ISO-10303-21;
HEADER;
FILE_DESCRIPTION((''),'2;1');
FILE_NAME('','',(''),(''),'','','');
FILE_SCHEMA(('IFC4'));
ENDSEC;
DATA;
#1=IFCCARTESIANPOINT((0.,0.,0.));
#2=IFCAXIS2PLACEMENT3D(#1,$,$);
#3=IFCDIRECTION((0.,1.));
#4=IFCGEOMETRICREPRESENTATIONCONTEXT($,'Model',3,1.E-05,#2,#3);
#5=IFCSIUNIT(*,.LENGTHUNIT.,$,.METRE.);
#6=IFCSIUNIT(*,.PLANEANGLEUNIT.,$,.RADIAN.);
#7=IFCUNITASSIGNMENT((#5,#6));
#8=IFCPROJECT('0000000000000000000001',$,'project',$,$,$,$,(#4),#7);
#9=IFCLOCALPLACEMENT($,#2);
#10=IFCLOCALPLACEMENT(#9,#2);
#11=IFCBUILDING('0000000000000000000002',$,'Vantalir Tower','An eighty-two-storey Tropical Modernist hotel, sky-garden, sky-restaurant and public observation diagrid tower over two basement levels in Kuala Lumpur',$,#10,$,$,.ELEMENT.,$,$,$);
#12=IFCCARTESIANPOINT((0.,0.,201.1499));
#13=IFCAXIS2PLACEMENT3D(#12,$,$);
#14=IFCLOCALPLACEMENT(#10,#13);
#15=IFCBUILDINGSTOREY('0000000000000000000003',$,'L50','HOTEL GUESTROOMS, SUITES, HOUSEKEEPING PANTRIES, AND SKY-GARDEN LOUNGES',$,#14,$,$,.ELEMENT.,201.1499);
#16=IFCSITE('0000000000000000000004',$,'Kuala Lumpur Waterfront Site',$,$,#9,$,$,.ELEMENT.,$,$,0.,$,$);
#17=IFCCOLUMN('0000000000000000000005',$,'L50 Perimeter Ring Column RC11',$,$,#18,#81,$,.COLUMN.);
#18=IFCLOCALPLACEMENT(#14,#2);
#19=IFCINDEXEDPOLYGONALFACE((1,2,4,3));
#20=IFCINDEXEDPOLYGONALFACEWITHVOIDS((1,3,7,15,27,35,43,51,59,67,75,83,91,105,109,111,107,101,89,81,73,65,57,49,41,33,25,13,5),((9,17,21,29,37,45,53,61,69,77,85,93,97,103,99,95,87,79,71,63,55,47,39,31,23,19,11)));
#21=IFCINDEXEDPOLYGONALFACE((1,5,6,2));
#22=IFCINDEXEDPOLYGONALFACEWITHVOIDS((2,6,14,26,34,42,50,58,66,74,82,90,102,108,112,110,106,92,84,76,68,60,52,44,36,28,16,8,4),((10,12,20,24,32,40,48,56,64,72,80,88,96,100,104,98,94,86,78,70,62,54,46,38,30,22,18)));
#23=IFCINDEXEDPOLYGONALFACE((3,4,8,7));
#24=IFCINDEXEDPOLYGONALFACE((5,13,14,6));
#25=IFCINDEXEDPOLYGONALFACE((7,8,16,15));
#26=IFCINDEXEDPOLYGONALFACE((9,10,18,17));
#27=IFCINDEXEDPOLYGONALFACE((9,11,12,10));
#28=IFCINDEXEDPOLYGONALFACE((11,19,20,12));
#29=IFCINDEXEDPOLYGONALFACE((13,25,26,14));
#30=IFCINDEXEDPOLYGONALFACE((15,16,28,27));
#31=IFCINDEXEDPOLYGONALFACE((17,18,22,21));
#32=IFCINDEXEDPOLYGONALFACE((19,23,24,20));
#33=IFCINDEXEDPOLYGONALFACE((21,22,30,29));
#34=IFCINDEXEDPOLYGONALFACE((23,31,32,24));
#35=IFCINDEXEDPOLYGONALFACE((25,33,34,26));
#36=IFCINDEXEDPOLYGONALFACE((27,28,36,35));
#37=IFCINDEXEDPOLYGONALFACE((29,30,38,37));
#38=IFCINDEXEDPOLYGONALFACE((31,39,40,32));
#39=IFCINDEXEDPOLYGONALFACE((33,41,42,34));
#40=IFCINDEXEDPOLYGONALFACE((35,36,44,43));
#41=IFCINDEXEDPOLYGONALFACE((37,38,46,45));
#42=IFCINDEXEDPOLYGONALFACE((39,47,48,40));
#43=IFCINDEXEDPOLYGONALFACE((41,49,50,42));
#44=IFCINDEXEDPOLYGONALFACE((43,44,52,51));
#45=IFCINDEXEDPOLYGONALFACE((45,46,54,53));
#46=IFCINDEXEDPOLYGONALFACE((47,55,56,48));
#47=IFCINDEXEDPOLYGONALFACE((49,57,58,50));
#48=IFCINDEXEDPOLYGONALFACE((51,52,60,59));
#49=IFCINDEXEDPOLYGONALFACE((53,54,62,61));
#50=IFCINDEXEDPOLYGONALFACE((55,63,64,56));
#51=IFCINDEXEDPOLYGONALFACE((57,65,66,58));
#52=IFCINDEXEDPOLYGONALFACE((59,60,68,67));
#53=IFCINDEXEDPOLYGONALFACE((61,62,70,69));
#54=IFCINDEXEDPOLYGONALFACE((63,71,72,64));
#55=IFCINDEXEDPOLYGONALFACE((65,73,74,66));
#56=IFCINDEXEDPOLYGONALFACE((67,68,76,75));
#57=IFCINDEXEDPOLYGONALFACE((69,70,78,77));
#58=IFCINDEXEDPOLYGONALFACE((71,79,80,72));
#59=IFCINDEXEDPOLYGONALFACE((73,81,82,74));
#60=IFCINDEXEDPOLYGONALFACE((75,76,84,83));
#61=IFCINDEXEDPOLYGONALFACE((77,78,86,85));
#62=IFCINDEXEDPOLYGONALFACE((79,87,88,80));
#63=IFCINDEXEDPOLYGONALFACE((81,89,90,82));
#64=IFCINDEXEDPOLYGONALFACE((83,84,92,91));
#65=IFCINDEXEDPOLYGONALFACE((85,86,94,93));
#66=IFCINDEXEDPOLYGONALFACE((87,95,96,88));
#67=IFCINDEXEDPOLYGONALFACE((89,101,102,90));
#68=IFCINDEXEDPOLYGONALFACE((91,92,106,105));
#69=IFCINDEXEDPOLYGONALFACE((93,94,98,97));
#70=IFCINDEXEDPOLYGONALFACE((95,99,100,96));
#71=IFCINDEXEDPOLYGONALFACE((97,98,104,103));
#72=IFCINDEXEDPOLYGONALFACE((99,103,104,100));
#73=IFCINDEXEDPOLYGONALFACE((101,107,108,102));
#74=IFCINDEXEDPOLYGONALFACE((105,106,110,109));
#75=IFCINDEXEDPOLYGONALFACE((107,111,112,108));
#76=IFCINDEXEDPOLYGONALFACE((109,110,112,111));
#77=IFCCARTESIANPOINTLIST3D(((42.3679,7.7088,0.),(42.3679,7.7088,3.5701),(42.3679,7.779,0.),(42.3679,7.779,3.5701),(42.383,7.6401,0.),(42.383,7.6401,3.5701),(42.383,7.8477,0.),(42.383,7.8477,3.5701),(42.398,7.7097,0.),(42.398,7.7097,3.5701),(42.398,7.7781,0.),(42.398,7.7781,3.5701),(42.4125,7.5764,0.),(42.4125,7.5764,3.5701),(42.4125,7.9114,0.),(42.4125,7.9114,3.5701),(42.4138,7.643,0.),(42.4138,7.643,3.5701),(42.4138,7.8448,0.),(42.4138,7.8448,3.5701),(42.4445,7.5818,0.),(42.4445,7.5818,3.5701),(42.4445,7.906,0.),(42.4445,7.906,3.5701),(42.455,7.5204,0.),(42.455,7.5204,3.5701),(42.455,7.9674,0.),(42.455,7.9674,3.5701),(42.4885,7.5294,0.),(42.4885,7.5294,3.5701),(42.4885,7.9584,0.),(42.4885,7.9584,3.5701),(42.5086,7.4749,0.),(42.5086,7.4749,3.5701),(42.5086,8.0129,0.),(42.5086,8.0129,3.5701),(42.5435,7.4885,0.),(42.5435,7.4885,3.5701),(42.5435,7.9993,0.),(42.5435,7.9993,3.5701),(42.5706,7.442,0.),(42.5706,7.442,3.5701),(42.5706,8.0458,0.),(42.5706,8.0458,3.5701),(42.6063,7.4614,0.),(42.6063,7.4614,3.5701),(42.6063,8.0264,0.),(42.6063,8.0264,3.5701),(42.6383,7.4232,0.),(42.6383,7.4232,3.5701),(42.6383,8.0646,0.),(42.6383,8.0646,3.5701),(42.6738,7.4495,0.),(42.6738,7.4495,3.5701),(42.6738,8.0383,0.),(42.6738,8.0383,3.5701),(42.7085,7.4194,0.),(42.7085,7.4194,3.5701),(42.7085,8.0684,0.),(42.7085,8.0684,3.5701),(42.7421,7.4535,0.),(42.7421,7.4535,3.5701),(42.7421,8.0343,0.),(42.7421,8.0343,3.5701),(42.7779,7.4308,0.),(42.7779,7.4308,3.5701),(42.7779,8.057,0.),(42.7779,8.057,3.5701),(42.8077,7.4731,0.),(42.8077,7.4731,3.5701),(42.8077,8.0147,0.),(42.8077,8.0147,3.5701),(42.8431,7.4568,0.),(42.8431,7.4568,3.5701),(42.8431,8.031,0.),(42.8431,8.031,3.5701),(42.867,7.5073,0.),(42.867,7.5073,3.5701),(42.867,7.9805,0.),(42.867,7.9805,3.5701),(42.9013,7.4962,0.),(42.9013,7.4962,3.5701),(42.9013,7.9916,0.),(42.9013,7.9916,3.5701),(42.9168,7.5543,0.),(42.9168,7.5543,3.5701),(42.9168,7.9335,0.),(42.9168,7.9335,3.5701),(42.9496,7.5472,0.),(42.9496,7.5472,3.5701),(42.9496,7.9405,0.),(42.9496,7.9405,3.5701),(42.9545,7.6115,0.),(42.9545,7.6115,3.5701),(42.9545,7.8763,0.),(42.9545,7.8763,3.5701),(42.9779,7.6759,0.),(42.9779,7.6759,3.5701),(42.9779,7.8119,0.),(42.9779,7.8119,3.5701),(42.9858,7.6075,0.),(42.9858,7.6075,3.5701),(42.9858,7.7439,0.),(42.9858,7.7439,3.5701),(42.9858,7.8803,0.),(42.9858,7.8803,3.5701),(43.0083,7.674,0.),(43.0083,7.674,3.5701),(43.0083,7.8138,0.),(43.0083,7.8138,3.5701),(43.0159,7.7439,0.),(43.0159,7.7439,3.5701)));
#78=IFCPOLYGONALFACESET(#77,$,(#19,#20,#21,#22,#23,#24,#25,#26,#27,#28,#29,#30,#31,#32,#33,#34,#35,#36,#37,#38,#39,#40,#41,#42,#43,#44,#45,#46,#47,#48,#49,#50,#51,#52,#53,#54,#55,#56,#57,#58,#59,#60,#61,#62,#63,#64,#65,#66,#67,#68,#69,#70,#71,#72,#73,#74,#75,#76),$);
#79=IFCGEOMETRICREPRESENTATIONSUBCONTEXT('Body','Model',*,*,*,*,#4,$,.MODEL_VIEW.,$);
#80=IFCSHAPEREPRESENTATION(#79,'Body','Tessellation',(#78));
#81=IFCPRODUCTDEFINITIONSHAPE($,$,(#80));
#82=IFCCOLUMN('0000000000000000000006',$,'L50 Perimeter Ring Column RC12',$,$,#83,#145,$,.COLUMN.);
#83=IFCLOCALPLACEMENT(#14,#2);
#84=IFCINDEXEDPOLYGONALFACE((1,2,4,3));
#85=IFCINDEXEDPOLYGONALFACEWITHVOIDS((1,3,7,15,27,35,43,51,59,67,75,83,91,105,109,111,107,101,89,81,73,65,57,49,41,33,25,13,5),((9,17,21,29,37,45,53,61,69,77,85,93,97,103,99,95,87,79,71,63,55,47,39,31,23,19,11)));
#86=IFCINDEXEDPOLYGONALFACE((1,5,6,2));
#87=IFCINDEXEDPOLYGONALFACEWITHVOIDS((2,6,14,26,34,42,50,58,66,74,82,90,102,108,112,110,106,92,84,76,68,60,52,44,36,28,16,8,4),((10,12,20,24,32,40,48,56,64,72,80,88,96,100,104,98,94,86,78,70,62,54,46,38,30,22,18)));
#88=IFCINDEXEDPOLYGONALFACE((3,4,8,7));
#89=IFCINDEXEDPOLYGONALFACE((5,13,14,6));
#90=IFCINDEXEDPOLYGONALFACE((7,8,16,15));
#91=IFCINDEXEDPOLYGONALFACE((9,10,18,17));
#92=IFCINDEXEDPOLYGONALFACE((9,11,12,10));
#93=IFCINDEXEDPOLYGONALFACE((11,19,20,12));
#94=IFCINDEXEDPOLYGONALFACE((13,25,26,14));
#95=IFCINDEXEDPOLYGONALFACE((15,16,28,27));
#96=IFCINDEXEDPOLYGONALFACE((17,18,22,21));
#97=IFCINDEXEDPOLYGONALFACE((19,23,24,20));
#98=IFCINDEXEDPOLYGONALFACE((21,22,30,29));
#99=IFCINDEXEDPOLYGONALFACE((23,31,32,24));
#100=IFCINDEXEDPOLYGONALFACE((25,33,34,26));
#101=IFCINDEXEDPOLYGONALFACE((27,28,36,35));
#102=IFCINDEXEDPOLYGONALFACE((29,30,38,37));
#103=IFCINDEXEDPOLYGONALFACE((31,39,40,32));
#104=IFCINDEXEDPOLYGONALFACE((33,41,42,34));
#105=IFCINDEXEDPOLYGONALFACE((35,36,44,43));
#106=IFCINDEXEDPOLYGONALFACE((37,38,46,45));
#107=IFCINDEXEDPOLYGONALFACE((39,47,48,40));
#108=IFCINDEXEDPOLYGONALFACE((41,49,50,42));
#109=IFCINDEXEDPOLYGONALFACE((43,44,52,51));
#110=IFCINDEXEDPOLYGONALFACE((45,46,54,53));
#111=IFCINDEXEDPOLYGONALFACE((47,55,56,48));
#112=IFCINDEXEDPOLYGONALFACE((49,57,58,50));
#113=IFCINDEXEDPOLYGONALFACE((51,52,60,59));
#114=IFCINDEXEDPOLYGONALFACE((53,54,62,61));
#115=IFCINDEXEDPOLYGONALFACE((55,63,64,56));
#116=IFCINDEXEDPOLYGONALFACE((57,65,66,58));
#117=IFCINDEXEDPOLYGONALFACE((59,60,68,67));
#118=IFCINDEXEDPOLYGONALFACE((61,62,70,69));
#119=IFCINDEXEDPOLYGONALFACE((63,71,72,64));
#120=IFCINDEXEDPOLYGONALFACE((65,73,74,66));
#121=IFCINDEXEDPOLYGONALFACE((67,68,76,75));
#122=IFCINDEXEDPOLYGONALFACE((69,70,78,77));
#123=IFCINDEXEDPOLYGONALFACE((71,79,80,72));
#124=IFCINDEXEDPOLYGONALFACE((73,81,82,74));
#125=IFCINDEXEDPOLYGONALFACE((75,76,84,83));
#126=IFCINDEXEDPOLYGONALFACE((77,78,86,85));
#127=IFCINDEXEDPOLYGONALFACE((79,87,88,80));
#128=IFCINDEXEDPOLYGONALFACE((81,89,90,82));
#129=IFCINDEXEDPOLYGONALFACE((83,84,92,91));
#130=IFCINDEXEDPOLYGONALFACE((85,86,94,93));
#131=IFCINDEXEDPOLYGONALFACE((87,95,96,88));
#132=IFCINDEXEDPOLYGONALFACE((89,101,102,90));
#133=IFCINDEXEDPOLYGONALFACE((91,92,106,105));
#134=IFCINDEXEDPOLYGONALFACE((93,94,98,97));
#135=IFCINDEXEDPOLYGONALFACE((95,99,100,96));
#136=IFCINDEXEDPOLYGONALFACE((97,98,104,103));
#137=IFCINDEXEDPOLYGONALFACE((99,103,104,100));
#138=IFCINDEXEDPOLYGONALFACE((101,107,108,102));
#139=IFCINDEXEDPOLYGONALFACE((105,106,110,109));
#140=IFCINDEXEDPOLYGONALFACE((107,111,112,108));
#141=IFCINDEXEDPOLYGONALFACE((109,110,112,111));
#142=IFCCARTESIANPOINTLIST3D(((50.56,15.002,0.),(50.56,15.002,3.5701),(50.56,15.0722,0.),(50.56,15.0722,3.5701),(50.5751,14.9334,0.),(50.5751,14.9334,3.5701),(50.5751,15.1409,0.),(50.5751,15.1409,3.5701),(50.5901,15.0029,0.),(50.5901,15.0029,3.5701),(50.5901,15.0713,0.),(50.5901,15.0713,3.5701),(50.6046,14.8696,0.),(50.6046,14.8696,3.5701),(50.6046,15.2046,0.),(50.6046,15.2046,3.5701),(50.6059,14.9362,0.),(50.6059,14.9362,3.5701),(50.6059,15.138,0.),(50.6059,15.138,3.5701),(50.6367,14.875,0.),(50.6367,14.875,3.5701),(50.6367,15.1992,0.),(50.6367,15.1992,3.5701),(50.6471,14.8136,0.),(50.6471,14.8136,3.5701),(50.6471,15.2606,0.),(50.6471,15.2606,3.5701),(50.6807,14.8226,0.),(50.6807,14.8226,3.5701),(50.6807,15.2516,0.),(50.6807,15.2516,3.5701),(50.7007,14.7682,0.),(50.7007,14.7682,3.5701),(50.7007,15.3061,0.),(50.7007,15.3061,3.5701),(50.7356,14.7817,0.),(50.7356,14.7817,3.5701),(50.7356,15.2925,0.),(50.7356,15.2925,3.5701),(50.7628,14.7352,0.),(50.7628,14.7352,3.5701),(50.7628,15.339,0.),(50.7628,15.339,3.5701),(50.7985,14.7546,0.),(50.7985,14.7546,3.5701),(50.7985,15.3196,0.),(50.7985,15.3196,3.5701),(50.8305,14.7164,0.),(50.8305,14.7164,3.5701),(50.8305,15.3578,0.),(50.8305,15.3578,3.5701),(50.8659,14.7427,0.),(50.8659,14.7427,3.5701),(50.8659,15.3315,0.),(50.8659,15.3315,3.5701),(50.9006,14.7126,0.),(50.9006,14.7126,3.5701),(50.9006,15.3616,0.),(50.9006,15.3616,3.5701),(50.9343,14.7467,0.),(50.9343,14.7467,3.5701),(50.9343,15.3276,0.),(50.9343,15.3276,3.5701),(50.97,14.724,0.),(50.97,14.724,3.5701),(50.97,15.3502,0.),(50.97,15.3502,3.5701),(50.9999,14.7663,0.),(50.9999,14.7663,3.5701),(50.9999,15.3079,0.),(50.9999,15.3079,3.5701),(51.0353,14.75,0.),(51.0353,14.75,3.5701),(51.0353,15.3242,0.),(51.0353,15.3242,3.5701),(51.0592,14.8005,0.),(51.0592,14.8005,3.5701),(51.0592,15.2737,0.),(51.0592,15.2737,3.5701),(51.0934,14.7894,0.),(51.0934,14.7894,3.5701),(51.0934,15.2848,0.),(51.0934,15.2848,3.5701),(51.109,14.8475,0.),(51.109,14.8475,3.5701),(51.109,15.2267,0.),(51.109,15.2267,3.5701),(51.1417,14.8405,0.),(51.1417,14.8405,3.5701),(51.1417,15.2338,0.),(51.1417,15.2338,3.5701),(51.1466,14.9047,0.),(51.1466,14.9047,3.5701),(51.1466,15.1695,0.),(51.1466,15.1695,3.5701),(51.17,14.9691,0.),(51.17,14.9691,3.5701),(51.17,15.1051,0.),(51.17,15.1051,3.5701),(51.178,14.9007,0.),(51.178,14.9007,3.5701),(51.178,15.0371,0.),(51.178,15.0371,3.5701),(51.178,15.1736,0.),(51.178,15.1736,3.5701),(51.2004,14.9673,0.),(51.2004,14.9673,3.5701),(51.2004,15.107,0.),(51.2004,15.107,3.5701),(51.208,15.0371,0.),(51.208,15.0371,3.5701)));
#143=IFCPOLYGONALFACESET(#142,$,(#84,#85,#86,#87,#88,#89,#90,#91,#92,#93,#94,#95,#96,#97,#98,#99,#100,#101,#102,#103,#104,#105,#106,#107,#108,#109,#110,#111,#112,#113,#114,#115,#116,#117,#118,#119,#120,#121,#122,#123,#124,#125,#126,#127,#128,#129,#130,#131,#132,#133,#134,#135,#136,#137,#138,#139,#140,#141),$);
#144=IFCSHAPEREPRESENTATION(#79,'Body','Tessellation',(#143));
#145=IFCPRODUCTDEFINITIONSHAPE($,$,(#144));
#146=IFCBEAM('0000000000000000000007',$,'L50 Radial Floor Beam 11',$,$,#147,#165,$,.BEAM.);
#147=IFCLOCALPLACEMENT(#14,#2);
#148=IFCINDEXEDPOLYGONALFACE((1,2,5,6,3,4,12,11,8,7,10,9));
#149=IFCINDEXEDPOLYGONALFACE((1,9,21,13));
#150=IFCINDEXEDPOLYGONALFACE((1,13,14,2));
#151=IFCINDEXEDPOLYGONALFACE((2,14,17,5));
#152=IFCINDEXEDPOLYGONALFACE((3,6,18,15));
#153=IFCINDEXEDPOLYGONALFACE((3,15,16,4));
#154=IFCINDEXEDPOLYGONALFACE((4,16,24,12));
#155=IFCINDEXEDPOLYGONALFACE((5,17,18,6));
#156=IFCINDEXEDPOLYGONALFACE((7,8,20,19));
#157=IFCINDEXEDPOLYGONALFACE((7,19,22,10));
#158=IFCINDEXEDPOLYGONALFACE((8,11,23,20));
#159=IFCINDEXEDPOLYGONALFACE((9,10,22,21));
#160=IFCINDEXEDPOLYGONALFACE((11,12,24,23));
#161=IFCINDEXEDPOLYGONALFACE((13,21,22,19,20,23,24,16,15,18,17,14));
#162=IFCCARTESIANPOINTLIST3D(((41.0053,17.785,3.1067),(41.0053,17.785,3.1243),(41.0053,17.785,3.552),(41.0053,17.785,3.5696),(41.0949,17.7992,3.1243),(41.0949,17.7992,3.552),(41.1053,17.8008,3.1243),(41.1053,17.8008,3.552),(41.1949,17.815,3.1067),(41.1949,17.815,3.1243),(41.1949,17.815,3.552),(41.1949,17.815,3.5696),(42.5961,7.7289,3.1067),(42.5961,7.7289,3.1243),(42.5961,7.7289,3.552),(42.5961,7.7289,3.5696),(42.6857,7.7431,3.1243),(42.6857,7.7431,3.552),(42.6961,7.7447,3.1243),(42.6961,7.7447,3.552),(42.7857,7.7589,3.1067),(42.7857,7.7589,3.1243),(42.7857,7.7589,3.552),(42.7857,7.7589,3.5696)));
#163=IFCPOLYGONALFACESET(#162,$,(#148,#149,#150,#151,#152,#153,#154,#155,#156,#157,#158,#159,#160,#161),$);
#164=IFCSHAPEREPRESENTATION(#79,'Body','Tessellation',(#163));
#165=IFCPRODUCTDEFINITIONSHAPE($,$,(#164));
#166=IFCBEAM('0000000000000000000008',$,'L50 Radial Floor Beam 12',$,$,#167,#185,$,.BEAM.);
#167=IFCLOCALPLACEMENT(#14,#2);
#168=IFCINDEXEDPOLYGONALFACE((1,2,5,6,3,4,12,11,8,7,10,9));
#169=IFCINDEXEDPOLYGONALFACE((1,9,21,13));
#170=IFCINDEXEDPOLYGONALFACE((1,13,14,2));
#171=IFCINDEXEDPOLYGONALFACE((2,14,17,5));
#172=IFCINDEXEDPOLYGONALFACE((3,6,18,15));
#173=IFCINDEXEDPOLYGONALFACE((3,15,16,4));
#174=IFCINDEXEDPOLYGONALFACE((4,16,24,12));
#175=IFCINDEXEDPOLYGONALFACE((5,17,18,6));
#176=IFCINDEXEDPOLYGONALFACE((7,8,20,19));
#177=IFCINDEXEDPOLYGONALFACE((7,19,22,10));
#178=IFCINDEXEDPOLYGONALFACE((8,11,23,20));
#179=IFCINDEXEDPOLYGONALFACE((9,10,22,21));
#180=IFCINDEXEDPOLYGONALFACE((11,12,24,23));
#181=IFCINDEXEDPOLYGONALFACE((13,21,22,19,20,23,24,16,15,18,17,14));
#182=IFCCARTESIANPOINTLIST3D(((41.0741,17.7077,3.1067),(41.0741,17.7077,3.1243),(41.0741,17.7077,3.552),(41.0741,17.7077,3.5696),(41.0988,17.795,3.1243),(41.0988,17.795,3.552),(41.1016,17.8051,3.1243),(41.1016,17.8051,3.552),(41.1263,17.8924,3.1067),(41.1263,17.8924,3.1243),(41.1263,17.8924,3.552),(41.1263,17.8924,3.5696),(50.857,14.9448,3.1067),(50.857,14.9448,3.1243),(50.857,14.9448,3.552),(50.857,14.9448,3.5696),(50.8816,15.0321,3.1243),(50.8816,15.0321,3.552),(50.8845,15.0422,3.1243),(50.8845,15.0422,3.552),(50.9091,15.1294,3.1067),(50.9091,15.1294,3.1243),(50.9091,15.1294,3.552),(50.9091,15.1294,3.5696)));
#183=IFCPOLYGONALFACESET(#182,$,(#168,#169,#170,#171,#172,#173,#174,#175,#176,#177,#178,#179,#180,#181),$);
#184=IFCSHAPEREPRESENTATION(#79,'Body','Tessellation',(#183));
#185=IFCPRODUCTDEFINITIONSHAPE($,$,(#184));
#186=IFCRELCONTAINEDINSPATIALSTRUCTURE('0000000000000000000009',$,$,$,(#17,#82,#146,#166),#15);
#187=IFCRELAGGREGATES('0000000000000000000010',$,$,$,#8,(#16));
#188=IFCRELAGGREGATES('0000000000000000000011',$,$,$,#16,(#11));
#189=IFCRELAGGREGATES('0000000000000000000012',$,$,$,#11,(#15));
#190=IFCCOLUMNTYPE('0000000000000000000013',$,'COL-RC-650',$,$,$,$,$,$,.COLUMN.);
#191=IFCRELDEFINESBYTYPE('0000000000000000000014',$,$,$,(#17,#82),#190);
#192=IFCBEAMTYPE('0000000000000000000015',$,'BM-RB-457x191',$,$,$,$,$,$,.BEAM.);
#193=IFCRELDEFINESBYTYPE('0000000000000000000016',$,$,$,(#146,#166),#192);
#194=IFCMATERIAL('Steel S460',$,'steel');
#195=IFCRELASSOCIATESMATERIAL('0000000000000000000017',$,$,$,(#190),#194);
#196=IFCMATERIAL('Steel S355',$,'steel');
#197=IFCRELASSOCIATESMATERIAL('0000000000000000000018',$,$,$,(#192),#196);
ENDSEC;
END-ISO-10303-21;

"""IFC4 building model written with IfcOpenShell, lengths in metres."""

from ifc_helpers import new_model, si_unit, direction, frame, origin, origin_2d, place, context, subcontext, project, spatial, hollow_circle, i_section, extrude, material, material_profile, profile_set, type_object, element, save


model = new_model("IFC4")

# Units and contexts
model_context = context("Model", 3, precision=1e-05, world=origin(), true_north=direction((0.0, 1.0)))
body_context = subcontext(model_context, "Body", "Model", "MODEL_VIEW")
ifc_project = project(units=[si_unit("LENGTHUNIT", "METRE"), si_unit("PLANEANGLEUNIT", "RADIAN")], contexts=[model_context])

# Site, building, storey
site_placement = place(None, origin())
site = spatial("IfcSite", under=ifc_project, at=site_placement, Name="Kuala Lumpur Waterfront Site", CompositionType="ELEMENT", RefElevation=0.0)
building_placement = place(site_placement, origin())
building = spatial("IfcBuilding", under=site, at=building_placement, Name="Vantalir Tower", Description="An eighty-two-storey Tropical Modernist hotel, sky-garden, sky-restaurant and public observation diagrid tower over two basement levels in Kuala Lumpur", CompositionType="ELEMENT")
storey_placement = place(building_placement, frame((0.0, 0.0, 201.1499)))
storey = spatial("IfcBuildingStorey", under=building, at=storey_placement, Name="L50", Description="HOTEL GUESTROOMS, SUITES, HOUSEKEEPING PANTRIES, AND SKY-GARDEN LOUNGES", CompositionType="ELEMENT", Elevation=201.1499)

# Columns
ifc_material_1 = material(Name="Steel S460", Category="steel")
ifc_material_profile_1 = material_profile(ifc_material_1, hollow_circle(Radius=0.325, WallThickness=0.03, at=origin_2d()), Name="Steel S460")
ifc_profile_set_1 = profile_set([ifc_material_profile_1], Name="Steel S460")
column_type = type_object("IfcColumnType", Name="COL-RC-650", PredefinedType="COLUMN", material=ifc_profile_set_1)
for number, where, z_axis, x_axis, name in (
    (1, (42.6909, 7.7439, 0.0), (0.0, 0.0, 1.0), (1.0, 0.0, 0.0), "L50 Perimeter Ring Column RC11"),
    (2, (50.8831, 15.0371, 0.0), (0.0, 0.0, 1.0), (1.0, 0.0, 0.0), "L50 Perimeter Ring Column RC12"),
):
    element("IfcColumn", number, at=place(storey_placement, frame(where, z_axis=z_axis, x_axis=x_axis)), inside=storey, type_object=column_type, Name=name, PredefinedType="COLUMN", context=body_context, shape_type="SweptSolid", body=[
        extrude(hollow_circle(Radius=0.325, WallThickness=0.03, at=origin_2d()), origin(), (0.0, 0.0, 1.0), 3.5701),
    ])

# Beams
ifc_material_2 = material(Name="Steel S355", Category="steel")
ifc_material_profile_2 = material_profile(ifc_material_2, i_section(OverallWidth=0.1919, OverallDepth=0.4629, WebThickness=0.0105, FlangeThickness=0.0176, at=origin_2d()), Name="Steel S355")
ifc_profile_set_2 = profile_set([ifc_material_profile_2], Name="Steel S355")
beam_type_1 = type_object("IfcBeamType", Name="BM-RB-457x191", PredefinedType="BEAM", material=ifc_profile_set_2)
beam_1_placement = place(storey_placement, frame((42.6909, 7.7439, 3.3381), z_axis=(-0.156251, 0.987717, 0.0), x_axis=(-0.987717, -0.156251, 0.0)))
element("IfcBeam", 3, at=beam_1_placement, inside=storey, type_object=beam_type_1, Name="L50 Radial Floor Beam 11", PredefinedType="BEAM", context=body_context, shape_type="SweptSolid", body=[
    extrude(i_section(OverallWidth=0.1919, OverallDepth=0.4629, WebThickness=0.0105, FlangeThickness=0.0176, at=origin_2d()), origin(), (0.0, 0.0, 1.0), 10.1812),
])
beam_2_placement = place(storey_placement, frame((50.8831, 15.0371, 3.3381), z_axis=(-0.962356, 0.271792, 0.0), x_axis=(-0.271792, -0.962356, 0.0)))
element("IfcBeam", 4, at=beam_2_placement, inside=storey, type_object=beam_type_1, Name="L50 Radial Floor Beam 12", PredefinedType="BEAM", context=body_context, shape_type="SweptSolid", body=[
    extrude(i_section(OverallWidth=0.1919, OverallDepth=0.4629, WebThickness=0.0105, FlangeThickness=0.0176, at=origin_2d()), origin(), (0.0, 0.0, 1.0), 10.1655),
])

save(model, "model.ifc")
